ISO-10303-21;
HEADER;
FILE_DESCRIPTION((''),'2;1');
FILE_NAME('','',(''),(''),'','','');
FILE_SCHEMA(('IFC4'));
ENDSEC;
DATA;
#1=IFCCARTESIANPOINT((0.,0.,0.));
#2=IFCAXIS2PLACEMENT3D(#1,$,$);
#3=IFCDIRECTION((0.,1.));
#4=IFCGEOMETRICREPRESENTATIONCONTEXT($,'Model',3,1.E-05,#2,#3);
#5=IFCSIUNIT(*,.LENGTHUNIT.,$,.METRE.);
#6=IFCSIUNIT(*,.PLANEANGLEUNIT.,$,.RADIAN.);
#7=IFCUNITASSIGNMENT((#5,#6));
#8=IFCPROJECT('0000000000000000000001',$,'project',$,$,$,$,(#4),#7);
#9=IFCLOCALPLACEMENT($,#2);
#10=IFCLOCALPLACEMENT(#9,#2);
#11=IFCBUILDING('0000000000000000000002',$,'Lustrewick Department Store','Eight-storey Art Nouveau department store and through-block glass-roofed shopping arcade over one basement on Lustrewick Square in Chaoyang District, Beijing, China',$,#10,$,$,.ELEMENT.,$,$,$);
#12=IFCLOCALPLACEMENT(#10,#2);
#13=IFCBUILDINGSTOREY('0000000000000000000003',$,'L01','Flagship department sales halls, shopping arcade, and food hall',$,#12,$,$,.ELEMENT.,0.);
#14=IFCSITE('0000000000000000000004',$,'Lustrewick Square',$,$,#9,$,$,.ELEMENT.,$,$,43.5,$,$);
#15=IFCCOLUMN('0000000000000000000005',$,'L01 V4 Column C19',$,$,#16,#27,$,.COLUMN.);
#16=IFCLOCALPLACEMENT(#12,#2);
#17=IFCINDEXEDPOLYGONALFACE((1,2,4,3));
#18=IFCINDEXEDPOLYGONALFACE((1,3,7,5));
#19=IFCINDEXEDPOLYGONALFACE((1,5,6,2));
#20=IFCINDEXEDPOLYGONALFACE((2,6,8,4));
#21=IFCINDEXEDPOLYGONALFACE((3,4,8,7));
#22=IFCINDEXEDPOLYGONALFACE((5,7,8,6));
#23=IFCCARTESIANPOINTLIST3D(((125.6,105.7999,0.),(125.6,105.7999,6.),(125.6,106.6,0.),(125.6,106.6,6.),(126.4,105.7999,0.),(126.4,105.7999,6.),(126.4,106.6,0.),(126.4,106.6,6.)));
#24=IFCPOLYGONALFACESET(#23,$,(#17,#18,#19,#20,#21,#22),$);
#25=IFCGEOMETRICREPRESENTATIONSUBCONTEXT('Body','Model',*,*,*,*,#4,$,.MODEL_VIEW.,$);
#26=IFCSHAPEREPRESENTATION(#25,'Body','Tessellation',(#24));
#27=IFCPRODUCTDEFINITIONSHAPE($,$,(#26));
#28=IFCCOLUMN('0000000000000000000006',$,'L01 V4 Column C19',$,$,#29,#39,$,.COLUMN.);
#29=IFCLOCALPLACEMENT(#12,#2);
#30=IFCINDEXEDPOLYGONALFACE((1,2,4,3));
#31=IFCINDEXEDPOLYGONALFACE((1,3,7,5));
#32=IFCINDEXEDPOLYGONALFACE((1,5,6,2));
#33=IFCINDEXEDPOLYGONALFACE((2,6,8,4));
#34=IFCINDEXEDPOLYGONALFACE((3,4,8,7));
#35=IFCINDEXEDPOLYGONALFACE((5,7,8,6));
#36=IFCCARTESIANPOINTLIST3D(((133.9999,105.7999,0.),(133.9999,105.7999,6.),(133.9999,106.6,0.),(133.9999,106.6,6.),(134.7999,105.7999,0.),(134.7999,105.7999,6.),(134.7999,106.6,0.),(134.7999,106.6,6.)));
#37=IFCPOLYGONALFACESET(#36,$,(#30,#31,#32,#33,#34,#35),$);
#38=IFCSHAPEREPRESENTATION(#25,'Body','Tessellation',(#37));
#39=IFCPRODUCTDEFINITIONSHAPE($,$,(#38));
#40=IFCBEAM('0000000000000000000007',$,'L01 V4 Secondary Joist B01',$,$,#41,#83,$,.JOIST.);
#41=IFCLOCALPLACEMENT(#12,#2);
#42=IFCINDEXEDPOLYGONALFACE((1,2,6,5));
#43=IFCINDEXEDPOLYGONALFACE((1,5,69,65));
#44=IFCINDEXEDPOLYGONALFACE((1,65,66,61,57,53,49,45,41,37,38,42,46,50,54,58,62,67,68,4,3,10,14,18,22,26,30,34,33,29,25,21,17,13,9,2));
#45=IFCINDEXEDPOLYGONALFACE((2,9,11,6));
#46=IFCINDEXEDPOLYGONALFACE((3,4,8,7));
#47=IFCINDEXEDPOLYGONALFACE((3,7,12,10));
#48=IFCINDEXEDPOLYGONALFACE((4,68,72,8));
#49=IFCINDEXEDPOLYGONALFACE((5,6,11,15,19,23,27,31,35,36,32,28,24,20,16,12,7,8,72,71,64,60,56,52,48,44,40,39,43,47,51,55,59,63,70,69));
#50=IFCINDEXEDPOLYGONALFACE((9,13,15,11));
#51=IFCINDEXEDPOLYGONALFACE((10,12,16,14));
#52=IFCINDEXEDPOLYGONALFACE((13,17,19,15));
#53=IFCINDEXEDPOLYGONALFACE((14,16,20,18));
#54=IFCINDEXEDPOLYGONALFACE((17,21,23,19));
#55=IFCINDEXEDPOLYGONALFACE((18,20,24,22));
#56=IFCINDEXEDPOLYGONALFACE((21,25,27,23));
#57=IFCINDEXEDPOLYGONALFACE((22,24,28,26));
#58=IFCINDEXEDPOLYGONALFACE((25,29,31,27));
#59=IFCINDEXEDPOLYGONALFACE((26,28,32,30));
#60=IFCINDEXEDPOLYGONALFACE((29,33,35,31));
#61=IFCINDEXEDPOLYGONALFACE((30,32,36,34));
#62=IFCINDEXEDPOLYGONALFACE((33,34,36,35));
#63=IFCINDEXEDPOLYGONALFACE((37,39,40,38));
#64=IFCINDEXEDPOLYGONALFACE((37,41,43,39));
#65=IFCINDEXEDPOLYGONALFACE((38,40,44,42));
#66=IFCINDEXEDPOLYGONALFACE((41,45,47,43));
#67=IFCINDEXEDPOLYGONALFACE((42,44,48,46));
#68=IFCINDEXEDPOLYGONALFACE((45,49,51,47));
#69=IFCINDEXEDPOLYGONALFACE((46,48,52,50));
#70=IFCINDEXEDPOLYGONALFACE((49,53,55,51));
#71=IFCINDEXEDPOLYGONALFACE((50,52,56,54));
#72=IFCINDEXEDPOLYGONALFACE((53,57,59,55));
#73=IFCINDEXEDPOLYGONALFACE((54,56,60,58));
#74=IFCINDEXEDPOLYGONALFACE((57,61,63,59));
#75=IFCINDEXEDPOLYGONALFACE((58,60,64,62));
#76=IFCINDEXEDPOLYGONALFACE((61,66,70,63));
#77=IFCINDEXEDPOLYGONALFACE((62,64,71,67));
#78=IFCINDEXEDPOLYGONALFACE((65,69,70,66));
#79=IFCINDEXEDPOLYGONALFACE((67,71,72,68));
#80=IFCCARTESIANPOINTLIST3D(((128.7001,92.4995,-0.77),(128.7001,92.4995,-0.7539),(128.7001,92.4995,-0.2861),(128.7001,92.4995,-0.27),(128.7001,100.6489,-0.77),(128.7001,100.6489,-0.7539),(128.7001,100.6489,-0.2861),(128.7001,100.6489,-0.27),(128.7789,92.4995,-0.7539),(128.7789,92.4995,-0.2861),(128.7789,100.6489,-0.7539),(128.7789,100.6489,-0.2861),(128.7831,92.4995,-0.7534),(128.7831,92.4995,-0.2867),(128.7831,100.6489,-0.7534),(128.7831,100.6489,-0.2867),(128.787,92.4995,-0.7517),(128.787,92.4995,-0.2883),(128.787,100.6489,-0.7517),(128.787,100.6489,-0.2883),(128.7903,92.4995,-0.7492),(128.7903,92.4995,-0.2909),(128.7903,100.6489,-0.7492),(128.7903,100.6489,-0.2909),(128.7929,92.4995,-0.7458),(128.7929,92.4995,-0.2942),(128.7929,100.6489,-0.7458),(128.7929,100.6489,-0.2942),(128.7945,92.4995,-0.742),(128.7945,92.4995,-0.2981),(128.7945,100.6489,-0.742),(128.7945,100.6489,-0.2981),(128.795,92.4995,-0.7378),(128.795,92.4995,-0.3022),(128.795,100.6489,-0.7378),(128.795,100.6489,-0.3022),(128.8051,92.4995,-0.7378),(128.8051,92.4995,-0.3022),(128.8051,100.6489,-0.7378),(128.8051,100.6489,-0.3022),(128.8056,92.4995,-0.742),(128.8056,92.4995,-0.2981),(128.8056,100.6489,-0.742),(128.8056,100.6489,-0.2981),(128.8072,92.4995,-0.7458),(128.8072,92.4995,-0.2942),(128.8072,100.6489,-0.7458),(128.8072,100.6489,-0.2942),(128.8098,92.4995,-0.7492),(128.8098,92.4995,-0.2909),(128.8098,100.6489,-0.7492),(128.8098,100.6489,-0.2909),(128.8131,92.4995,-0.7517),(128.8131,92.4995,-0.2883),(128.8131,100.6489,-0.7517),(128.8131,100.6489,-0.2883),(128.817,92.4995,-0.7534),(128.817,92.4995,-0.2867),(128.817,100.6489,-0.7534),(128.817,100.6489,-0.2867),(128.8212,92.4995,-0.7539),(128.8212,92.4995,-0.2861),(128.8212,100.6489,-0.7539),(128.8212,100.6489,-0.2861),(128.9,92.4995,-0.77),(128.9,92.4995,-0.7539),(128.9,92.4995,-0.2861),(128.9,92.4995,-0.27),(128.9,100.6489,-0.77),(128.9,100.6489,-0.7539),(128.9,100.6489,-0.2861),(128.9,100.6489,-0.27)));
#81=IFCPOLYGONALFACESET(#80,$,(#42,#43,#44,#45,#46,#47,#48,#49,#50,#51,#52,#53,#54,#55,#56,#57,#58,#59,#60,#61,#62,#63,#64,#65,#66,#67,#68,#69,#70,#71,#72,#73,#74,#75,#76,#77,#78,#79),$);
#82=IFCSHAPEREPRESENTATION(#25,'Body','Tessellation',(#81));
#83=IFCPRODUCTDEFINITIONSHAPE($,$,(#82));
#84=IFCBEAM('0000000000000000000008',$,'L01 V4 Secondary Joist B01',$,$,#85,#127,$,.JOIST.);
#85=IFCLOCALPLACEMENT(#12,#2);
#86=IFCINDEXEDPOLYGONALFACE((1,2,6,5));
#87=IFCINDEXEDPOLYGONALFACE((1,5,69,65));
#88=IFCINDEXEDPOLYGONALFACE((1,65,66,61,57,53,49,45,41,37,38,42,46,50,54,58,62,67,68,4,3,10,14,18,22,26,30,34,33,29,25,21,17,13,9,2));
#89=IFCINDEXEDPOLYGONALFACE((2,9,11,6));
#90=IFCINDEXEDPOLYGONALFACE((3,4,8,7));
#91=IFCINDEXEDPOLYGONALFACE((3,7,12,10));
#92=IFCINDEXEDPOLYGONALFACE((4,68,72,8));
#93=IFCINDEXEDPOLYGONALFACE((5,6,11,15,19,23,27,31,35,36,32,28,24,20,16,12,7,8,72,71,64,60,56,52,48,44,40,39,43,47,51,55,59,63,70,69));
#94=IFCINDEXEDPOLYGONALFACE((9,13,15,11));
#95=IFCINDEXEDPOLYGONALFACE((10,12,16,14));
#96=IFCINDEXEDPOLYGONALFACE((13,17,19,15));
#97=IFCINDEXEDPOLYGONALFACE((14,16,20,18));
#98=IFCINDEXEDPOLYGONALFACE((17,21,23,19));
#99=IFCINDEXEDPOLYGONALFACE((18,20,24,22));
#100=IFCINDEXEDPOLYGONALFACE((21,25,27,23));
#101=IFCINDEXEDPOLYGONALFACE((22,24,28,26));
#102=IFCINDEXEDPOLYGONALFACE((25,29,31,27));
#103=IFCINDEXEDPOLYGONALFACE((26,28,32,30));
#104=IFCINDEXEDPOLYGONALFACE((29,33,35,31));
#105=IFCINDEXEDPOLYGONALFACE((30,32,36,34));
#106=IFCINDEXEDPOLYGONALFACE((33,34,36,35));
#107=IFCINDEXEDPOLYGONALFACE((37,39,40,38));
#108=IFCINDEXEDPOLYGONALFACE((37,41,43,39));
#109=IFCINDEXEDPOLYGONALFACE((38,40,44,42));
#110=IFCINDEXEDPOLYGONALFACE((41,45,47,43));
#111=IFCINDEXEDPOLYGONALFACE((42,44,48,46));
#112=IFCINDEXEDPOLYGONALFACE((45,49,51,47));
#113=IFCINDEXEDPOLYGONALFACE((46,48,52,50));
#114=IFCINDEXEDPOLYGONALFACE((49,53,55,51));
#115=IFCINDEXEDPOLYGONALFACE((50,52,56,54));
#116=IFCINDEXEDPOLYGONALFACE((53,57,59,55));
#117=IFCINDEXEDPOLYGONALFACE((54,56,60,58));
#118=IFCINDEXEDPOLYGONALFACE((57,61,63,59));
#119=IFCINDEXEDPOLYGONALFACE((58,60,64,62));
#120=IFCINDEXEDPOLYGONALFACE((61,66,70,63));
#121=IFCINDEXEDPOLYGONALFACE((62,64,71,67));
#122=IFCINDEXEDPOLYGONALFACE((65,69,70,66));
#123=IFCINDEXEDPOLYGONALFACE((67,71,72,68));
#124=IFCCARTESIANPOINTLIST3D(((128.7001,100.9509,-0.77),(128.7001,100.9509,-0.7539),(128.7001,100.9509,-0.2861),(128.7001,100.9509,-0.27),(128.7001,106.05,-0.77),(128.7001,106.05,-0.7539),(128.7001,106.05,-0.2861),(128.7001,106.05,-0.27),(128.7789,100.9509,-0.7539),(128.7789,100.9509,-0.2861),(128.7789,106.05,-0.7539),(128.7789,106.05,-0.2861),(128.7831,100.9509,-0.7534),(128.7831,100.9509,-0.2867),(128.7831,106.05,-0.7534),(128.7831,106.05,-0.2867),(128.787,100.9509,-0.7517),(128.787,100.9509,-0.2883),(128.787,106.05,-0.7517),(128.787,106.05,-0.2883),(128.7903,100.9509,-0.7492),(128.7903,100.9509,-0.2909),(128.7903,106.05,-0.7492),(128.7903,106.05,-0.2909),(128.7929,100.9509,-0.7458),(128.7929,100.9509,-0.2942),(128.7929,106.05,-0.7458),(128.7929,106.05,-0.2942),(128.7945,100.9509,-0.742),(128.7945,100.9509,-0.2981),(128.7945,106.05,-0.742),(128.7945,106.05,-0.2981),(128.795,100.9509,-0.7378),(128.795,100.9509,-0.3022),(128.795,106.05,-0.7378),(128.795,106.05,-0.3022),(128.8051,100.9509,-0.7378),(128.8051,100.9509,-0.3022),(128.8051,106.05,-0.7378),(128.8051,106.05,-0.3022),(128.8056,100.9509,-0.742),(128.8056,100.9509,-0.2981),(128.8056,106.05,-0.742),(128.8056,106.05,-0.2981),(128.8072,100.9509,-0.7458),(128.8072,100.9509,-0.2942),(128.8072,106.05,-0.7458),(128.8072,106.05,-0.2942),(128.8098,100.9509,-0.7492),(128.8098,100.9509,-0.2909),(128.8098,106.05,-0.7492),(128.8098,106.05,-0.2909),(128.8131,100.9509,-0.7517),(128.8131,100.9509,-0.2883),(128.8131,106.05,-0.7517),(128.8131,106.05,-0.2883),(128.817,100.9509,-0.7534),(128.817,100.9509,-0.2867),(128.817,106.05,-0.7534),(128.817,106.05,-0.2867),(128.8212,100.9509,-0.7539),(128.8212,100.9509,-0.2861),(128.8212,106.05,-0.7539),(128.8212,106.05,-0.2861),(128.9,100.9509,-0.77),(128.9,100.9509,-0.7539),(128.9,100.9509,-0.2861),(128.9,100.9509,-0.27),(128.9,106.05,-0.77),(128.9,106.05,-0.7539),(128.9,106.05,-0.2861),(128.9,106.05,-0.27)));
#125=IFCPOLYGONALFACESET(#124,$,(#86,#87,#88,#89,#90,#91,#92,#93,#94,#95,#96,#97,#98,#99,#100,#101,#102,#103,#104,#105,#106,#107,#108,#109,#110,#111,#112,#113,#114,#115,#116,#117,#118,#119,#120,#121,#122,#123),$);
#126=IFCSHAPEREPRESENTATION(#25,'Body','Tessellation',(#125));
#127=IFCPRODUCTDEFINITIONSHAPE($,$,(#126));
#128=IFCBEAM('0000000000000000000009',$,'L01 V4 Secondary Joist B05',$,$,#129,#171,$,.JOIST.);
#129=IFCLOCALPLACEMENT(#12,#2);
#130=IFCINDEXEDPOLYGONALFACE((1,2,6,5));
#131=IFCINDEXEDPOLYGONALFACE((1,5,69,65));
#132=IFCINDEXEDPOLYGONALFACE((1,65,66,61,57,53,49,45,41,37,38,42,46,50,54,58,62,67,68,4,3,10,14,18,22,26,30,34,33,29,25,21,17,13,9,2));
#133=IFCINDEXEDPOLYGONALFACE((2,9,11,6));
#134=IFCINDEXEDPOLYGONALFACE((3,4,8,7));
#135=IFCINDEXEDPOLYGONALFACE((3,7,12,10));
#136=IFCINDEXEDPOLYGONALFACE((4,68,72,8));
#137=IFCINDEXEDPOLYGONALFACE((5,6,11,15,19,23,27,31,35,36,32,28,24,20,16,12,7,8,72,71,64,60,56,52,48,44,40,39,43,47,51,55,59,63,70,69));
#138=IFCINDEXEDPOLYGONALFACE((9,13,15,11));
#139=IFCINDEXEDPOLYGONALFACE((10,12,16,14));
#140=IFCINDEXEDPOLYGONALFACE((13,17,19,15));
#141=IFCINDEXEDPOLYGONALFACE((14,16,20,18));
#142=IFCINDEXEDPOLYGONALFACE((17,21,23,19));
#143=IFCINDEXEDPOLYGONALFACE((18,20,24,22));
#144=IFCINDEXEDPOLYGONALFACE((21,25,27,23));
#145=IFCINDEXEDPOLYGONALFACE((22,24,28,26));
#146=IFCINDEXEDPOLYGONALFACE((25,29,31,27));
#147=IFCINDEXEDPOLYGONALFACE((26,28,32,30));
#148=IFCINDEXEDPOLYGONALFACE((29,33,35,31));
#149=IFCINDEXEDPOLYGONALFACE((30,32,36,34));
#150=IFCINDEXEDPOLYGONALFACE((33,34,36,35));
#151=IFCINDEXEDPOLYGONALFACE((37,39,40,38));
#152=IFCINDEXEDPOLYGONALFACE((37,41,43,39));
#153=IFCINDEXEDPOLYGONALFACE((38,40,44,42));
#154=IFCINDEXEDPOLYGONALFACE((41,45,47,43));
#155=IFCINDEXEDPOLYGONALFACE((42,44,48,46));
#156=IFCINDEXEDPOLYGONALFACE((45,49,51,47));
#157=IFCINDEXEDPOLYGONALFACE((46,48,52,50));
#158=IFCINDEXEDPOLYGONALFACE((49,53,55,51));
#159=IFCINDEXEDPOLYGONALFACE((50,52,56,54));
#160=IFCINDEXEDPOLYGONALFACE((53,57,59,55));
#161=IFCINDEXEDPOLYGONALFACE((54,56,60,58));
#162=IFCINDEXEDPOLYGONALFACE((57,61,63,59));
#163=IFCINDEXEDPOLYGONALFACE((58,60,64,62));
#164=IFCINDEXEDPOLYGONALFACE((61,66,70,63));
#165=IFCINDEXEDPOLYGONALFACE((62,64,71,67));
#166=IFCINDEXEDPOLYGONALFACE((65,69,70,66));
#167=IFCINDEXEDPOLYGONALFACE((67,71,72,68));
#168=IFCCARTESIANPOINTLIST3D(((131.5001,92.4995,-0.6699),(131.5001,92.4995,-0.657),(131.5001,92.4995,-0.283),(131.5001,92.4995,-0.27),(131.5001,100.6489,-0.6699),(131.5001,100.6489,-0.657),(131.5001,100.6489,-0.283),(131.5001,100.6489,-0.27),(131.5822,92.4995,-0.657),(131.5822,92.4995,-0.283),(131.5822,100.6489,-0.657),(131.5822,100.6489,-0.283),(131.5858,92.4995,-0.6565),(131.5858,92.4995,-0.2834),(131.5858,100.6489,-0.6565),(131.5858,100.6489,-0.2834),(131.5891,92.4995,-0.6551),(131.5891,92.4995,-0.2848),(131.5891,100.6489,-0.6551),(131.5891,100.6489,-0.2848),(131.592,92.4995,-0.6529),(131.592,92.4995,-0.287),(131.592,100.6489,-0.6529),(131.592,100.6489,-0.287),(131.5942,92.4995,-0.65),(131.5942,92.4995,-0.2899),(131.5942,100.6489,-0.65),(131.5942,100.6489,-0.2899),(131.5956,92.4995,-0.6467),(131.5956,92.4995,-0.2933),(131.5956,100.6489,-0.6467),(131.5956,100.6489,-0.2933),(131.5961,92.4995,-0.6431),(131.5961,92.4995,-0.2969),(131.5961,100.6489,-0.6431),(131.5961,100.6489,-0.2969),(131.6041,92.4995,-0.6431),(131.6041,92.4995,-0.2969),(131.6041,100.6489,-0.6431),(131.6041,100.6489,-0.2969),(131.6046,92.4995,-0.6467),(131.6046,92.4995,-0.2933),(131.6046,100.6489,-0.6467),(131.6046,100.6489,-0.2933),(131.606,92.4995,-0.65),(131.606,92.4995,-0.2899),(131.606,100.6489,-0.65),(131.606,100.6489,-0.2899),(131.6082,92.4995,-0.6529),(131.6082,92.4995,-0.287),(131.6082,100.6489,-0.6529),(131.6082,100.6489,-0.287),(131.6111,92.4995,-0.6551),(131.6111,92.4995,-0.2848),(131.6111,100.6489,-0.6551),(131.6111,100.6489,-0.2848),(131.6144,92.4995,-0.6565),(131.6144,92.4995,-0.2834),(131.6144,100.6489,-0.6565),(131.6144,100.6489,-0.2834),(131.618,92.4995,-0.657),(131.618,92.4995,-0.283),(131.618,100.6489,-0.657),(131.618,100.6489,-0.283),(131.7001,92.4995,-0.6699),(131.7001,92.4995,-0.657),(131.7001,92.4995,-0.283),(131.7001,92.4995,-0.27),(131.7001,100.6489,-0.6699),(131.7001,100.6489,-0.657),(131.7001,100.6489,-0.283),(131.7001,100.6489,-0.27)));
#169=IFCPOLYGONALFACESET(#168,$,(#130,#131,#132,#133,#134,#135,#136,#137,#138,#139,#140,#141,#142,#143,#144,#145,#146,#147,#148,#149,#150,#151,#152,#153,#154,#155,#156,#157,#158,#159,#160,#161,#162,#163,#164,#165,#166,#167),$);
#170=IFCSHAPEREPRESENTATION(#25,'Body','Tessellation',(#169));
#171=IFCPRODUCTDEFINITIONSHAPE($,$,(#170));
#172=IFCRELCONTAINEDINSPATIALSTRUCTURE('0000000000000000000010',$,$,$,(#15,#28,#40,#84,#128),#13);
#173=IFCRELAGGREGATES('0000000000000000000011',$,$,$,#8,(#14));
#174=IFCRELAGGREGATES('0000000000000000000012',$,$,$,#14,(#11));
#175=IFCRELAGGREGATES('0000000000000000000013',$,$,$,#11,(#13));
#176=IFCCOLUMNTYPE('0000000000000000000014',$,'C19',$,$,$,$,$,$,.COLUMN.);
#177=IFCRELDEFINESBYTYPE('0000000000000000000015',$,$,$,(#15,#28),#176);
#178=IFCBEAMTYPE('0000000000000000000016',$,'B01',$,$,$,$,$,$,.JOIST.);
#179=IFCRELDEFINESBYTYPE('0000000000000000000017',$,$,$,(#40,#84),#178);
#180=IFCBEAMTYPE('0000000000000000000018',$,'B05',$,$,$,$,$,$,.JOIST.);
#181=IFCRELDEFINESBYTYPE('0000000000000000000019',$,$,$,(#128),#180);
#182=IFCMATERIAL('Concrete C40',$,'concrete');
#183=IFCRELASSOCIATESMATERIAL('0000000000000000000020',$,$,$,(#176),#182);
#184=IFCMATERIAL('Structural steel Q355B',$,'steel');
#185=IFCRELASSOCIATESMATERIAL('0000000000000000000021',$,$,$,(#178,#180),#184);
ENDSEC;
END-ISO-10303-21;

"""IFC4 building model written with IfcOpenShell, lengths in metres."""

from ifc_helpers import new_model, si_unit, direction, frame, origin, origin_2d, place, context, subcontext, project, spatial, rectangle, i_section, extrude, material, material_profile, profile_set, type_object, element, save


model = new_model("IFC4")

# Units and contexts
model_context = context("Model", 3, precision=1e-05, world=origin(), true_north=direction((0.0, 1.0)))
body_context = subcontext(model_context, "Body", "Model", "MODEL_VIEW")
ifc_project = project(units=[si_unit("LENGTHUNIT", "METRE"), si_unit("PLANEANGLEUNIT", "RADIAN")], contexts=[model_context])

# Site, building, storey
site_placement = place(None, origin())
site = spatial("IfcSite", under=ifc_project, at=site_placement, Name="Lustrewick Square", CompositionType="ELEMENT", RefElevation=43.5)
building_placement = place(site_placement, origin())
building = spatial("IfcBuilding", under=site, at=building_placement, Name="Lustrewick Department Store", Description="Eight-storey Art Nouveau department store and through-block glass-roofed shopping arcade over one basement on Lustrewick Square in Chaoyang District, Beijing, China", CompositionType="ELEMENT")
storey_placement = place(building_placement, origin())
storey = spatial("IfcBuildingStorey", under=building, at=storey_placement, Name="L01", Description="Flagship department sales halls, shopping arcade, and food hall", CompositionType="ELEMENT", Elevation=0.0)

# Columns
ifc_material_1 = material(Name="Structural steel Q355B", Category="steel")
ifc_material_2 = material(Name="Concrete C40", Category="concrete")
ifc_material_profile_1 = material_profile(ifc_material_2, rectangle(XDim=0.8, YDim=0.8, at=origin_2d()), Name="RC 800x800")
ifc_profile_set_1 = profile_set([ifc_material_profile_1], Name="Concrete C40")
column_type_1 = type_object("IfcColumnType", Name="C19", PredefinedType="COLUMN", material=ifc_profile_set_1)
for number, where, z_axis, x_axis, name in (
    (1, (126.0, 106.2, 0.0), (0.0, 0.0, 1.0), (1.0, 0.0, 0.0), "L01 V4 Column C19"),
    (2, (134.3999, 106.2, 0.0), (0.0, 0.0, 1.0), (1.0, 0.0, 0.0), "L01 V4 Column C19"),
):
    element("IfcColumn", number, at=place(storey_placement, frame(where, z_axis=z_axis, x_axis=x_axis)), inside=storey, type_object=column_type_1, Name=name, PredefinedType="COLUMN", context=body_context, shape_type="SweptSolid", body=[
        extrude(rectangle(XDim=0.8, YDim=0.8, at=origin_2d()), origin(), (0.0, 0.0, 1.0), 6.0),
    ])

# Beams
ifc_material_profile_2 = material_profile(ifc_material_1, i_section(OverallWidth=0.2, OverallDepth=0.5, WebThickness=0.01, FlangeThickness=0.0161, FilletRadius=0.0161, at=origin_2d()), Name="HN 500x200x10x16")
ifc_profile_set_2 = profile_set([ifc_material_profile_2], Name="Structural steel Q355B")
beam_type_1 = type_object("IfcBeamType", Name="B01", PredefinedType="JOIST", material=ifc_profile_set_2)
beam_1_placement = place(storey_placement, frame((128.8, 92.4995, -0.52), z_axis=(0.0, 1.0, 0.0), x_axis=(-1.0, 0.0, 0.0)))
element("IfcBeam", 3, at=beam_1_placement, inside=storey, type_object=beam_type_1, Name="L01 V4 Secondary Joist B01", PredefinedType="JOIST", context=body_context, shape_type="SweptSolid", body=[
    extrude(i_section(OverallWidth=0.2, OverallDepth=0.5, WebThickness=0.01, FlangeThickness=0.0161, FilletRadius=0.0161, at=origin_2d()), origin(), (0.0, 0.0, 1.0), 8.1494),
])
beam_2_placement = place(storey_placement, frame((128.8, 100.9509, -0.52), z_axis=(0.0, 1.0, 0.0), x_axis=(-1.0, 0.0, 0.0)))
element("IfcBeam", 4, at=beam_2_placement, inside=storey, type_object=beam_type_1, Name="L01 V4 Secondary Joist B01", PredefinedType="JOIST", context=body_context, shape_type="SweptSolid", body=[
    extrude(i_section(OverallWidth=0.2, OverallDepth=0.5, WebThickness=0.01, FlangeThickness=0.0161, FilletRadius=0.0161, at=origin_2d()), origin(), (0.0, 0.0, 1.0), 5.0991),
])
ifc_material_profile_3 = material_profile(ifc_material_1, i_section(OverallWidth=0.2, OverallDepth=0.3999, WebThickness=0.0081, FlangeThickness=0.0129, FilletRadius=0.0139, at=origin_2d()), Name="HN 400x200x8x13")
ifc_profile_set_3 = profile_set([ifc_material_profile_3], Name="Structural steel Q355B")
beam_type_2 = type_object("IfcBeamType", Name="B05", PredefinedType="JOIST", material=ifc_profile_set_3)
beam_3_placement = place(storey_placement, frame((131.6001, 92.4995, -0.47), z_axis=(0.0, 1.0, 0.0), x_axis=(-1.0, 0.0, 0.0)))
element("IfcBeam", 5, at=beam_3_placement, inside=storey, type_object=beam_type_2, Name="L01 V4 Secondary Joist B05", PredefinedType="JOIST", context=body_context, shape_type="SweptSolid", body=[
    extrude(i_section(OverallWidth=0.2, OverallDepth=0.3999, WebThickness=0.0081, FlangeThickness=0.0129, FilletRadius=0.0139, at=origin_2d()), origin(), (0.0, 0.0, 1.0), 8.1494),
])

save(model, "model.ifc")
